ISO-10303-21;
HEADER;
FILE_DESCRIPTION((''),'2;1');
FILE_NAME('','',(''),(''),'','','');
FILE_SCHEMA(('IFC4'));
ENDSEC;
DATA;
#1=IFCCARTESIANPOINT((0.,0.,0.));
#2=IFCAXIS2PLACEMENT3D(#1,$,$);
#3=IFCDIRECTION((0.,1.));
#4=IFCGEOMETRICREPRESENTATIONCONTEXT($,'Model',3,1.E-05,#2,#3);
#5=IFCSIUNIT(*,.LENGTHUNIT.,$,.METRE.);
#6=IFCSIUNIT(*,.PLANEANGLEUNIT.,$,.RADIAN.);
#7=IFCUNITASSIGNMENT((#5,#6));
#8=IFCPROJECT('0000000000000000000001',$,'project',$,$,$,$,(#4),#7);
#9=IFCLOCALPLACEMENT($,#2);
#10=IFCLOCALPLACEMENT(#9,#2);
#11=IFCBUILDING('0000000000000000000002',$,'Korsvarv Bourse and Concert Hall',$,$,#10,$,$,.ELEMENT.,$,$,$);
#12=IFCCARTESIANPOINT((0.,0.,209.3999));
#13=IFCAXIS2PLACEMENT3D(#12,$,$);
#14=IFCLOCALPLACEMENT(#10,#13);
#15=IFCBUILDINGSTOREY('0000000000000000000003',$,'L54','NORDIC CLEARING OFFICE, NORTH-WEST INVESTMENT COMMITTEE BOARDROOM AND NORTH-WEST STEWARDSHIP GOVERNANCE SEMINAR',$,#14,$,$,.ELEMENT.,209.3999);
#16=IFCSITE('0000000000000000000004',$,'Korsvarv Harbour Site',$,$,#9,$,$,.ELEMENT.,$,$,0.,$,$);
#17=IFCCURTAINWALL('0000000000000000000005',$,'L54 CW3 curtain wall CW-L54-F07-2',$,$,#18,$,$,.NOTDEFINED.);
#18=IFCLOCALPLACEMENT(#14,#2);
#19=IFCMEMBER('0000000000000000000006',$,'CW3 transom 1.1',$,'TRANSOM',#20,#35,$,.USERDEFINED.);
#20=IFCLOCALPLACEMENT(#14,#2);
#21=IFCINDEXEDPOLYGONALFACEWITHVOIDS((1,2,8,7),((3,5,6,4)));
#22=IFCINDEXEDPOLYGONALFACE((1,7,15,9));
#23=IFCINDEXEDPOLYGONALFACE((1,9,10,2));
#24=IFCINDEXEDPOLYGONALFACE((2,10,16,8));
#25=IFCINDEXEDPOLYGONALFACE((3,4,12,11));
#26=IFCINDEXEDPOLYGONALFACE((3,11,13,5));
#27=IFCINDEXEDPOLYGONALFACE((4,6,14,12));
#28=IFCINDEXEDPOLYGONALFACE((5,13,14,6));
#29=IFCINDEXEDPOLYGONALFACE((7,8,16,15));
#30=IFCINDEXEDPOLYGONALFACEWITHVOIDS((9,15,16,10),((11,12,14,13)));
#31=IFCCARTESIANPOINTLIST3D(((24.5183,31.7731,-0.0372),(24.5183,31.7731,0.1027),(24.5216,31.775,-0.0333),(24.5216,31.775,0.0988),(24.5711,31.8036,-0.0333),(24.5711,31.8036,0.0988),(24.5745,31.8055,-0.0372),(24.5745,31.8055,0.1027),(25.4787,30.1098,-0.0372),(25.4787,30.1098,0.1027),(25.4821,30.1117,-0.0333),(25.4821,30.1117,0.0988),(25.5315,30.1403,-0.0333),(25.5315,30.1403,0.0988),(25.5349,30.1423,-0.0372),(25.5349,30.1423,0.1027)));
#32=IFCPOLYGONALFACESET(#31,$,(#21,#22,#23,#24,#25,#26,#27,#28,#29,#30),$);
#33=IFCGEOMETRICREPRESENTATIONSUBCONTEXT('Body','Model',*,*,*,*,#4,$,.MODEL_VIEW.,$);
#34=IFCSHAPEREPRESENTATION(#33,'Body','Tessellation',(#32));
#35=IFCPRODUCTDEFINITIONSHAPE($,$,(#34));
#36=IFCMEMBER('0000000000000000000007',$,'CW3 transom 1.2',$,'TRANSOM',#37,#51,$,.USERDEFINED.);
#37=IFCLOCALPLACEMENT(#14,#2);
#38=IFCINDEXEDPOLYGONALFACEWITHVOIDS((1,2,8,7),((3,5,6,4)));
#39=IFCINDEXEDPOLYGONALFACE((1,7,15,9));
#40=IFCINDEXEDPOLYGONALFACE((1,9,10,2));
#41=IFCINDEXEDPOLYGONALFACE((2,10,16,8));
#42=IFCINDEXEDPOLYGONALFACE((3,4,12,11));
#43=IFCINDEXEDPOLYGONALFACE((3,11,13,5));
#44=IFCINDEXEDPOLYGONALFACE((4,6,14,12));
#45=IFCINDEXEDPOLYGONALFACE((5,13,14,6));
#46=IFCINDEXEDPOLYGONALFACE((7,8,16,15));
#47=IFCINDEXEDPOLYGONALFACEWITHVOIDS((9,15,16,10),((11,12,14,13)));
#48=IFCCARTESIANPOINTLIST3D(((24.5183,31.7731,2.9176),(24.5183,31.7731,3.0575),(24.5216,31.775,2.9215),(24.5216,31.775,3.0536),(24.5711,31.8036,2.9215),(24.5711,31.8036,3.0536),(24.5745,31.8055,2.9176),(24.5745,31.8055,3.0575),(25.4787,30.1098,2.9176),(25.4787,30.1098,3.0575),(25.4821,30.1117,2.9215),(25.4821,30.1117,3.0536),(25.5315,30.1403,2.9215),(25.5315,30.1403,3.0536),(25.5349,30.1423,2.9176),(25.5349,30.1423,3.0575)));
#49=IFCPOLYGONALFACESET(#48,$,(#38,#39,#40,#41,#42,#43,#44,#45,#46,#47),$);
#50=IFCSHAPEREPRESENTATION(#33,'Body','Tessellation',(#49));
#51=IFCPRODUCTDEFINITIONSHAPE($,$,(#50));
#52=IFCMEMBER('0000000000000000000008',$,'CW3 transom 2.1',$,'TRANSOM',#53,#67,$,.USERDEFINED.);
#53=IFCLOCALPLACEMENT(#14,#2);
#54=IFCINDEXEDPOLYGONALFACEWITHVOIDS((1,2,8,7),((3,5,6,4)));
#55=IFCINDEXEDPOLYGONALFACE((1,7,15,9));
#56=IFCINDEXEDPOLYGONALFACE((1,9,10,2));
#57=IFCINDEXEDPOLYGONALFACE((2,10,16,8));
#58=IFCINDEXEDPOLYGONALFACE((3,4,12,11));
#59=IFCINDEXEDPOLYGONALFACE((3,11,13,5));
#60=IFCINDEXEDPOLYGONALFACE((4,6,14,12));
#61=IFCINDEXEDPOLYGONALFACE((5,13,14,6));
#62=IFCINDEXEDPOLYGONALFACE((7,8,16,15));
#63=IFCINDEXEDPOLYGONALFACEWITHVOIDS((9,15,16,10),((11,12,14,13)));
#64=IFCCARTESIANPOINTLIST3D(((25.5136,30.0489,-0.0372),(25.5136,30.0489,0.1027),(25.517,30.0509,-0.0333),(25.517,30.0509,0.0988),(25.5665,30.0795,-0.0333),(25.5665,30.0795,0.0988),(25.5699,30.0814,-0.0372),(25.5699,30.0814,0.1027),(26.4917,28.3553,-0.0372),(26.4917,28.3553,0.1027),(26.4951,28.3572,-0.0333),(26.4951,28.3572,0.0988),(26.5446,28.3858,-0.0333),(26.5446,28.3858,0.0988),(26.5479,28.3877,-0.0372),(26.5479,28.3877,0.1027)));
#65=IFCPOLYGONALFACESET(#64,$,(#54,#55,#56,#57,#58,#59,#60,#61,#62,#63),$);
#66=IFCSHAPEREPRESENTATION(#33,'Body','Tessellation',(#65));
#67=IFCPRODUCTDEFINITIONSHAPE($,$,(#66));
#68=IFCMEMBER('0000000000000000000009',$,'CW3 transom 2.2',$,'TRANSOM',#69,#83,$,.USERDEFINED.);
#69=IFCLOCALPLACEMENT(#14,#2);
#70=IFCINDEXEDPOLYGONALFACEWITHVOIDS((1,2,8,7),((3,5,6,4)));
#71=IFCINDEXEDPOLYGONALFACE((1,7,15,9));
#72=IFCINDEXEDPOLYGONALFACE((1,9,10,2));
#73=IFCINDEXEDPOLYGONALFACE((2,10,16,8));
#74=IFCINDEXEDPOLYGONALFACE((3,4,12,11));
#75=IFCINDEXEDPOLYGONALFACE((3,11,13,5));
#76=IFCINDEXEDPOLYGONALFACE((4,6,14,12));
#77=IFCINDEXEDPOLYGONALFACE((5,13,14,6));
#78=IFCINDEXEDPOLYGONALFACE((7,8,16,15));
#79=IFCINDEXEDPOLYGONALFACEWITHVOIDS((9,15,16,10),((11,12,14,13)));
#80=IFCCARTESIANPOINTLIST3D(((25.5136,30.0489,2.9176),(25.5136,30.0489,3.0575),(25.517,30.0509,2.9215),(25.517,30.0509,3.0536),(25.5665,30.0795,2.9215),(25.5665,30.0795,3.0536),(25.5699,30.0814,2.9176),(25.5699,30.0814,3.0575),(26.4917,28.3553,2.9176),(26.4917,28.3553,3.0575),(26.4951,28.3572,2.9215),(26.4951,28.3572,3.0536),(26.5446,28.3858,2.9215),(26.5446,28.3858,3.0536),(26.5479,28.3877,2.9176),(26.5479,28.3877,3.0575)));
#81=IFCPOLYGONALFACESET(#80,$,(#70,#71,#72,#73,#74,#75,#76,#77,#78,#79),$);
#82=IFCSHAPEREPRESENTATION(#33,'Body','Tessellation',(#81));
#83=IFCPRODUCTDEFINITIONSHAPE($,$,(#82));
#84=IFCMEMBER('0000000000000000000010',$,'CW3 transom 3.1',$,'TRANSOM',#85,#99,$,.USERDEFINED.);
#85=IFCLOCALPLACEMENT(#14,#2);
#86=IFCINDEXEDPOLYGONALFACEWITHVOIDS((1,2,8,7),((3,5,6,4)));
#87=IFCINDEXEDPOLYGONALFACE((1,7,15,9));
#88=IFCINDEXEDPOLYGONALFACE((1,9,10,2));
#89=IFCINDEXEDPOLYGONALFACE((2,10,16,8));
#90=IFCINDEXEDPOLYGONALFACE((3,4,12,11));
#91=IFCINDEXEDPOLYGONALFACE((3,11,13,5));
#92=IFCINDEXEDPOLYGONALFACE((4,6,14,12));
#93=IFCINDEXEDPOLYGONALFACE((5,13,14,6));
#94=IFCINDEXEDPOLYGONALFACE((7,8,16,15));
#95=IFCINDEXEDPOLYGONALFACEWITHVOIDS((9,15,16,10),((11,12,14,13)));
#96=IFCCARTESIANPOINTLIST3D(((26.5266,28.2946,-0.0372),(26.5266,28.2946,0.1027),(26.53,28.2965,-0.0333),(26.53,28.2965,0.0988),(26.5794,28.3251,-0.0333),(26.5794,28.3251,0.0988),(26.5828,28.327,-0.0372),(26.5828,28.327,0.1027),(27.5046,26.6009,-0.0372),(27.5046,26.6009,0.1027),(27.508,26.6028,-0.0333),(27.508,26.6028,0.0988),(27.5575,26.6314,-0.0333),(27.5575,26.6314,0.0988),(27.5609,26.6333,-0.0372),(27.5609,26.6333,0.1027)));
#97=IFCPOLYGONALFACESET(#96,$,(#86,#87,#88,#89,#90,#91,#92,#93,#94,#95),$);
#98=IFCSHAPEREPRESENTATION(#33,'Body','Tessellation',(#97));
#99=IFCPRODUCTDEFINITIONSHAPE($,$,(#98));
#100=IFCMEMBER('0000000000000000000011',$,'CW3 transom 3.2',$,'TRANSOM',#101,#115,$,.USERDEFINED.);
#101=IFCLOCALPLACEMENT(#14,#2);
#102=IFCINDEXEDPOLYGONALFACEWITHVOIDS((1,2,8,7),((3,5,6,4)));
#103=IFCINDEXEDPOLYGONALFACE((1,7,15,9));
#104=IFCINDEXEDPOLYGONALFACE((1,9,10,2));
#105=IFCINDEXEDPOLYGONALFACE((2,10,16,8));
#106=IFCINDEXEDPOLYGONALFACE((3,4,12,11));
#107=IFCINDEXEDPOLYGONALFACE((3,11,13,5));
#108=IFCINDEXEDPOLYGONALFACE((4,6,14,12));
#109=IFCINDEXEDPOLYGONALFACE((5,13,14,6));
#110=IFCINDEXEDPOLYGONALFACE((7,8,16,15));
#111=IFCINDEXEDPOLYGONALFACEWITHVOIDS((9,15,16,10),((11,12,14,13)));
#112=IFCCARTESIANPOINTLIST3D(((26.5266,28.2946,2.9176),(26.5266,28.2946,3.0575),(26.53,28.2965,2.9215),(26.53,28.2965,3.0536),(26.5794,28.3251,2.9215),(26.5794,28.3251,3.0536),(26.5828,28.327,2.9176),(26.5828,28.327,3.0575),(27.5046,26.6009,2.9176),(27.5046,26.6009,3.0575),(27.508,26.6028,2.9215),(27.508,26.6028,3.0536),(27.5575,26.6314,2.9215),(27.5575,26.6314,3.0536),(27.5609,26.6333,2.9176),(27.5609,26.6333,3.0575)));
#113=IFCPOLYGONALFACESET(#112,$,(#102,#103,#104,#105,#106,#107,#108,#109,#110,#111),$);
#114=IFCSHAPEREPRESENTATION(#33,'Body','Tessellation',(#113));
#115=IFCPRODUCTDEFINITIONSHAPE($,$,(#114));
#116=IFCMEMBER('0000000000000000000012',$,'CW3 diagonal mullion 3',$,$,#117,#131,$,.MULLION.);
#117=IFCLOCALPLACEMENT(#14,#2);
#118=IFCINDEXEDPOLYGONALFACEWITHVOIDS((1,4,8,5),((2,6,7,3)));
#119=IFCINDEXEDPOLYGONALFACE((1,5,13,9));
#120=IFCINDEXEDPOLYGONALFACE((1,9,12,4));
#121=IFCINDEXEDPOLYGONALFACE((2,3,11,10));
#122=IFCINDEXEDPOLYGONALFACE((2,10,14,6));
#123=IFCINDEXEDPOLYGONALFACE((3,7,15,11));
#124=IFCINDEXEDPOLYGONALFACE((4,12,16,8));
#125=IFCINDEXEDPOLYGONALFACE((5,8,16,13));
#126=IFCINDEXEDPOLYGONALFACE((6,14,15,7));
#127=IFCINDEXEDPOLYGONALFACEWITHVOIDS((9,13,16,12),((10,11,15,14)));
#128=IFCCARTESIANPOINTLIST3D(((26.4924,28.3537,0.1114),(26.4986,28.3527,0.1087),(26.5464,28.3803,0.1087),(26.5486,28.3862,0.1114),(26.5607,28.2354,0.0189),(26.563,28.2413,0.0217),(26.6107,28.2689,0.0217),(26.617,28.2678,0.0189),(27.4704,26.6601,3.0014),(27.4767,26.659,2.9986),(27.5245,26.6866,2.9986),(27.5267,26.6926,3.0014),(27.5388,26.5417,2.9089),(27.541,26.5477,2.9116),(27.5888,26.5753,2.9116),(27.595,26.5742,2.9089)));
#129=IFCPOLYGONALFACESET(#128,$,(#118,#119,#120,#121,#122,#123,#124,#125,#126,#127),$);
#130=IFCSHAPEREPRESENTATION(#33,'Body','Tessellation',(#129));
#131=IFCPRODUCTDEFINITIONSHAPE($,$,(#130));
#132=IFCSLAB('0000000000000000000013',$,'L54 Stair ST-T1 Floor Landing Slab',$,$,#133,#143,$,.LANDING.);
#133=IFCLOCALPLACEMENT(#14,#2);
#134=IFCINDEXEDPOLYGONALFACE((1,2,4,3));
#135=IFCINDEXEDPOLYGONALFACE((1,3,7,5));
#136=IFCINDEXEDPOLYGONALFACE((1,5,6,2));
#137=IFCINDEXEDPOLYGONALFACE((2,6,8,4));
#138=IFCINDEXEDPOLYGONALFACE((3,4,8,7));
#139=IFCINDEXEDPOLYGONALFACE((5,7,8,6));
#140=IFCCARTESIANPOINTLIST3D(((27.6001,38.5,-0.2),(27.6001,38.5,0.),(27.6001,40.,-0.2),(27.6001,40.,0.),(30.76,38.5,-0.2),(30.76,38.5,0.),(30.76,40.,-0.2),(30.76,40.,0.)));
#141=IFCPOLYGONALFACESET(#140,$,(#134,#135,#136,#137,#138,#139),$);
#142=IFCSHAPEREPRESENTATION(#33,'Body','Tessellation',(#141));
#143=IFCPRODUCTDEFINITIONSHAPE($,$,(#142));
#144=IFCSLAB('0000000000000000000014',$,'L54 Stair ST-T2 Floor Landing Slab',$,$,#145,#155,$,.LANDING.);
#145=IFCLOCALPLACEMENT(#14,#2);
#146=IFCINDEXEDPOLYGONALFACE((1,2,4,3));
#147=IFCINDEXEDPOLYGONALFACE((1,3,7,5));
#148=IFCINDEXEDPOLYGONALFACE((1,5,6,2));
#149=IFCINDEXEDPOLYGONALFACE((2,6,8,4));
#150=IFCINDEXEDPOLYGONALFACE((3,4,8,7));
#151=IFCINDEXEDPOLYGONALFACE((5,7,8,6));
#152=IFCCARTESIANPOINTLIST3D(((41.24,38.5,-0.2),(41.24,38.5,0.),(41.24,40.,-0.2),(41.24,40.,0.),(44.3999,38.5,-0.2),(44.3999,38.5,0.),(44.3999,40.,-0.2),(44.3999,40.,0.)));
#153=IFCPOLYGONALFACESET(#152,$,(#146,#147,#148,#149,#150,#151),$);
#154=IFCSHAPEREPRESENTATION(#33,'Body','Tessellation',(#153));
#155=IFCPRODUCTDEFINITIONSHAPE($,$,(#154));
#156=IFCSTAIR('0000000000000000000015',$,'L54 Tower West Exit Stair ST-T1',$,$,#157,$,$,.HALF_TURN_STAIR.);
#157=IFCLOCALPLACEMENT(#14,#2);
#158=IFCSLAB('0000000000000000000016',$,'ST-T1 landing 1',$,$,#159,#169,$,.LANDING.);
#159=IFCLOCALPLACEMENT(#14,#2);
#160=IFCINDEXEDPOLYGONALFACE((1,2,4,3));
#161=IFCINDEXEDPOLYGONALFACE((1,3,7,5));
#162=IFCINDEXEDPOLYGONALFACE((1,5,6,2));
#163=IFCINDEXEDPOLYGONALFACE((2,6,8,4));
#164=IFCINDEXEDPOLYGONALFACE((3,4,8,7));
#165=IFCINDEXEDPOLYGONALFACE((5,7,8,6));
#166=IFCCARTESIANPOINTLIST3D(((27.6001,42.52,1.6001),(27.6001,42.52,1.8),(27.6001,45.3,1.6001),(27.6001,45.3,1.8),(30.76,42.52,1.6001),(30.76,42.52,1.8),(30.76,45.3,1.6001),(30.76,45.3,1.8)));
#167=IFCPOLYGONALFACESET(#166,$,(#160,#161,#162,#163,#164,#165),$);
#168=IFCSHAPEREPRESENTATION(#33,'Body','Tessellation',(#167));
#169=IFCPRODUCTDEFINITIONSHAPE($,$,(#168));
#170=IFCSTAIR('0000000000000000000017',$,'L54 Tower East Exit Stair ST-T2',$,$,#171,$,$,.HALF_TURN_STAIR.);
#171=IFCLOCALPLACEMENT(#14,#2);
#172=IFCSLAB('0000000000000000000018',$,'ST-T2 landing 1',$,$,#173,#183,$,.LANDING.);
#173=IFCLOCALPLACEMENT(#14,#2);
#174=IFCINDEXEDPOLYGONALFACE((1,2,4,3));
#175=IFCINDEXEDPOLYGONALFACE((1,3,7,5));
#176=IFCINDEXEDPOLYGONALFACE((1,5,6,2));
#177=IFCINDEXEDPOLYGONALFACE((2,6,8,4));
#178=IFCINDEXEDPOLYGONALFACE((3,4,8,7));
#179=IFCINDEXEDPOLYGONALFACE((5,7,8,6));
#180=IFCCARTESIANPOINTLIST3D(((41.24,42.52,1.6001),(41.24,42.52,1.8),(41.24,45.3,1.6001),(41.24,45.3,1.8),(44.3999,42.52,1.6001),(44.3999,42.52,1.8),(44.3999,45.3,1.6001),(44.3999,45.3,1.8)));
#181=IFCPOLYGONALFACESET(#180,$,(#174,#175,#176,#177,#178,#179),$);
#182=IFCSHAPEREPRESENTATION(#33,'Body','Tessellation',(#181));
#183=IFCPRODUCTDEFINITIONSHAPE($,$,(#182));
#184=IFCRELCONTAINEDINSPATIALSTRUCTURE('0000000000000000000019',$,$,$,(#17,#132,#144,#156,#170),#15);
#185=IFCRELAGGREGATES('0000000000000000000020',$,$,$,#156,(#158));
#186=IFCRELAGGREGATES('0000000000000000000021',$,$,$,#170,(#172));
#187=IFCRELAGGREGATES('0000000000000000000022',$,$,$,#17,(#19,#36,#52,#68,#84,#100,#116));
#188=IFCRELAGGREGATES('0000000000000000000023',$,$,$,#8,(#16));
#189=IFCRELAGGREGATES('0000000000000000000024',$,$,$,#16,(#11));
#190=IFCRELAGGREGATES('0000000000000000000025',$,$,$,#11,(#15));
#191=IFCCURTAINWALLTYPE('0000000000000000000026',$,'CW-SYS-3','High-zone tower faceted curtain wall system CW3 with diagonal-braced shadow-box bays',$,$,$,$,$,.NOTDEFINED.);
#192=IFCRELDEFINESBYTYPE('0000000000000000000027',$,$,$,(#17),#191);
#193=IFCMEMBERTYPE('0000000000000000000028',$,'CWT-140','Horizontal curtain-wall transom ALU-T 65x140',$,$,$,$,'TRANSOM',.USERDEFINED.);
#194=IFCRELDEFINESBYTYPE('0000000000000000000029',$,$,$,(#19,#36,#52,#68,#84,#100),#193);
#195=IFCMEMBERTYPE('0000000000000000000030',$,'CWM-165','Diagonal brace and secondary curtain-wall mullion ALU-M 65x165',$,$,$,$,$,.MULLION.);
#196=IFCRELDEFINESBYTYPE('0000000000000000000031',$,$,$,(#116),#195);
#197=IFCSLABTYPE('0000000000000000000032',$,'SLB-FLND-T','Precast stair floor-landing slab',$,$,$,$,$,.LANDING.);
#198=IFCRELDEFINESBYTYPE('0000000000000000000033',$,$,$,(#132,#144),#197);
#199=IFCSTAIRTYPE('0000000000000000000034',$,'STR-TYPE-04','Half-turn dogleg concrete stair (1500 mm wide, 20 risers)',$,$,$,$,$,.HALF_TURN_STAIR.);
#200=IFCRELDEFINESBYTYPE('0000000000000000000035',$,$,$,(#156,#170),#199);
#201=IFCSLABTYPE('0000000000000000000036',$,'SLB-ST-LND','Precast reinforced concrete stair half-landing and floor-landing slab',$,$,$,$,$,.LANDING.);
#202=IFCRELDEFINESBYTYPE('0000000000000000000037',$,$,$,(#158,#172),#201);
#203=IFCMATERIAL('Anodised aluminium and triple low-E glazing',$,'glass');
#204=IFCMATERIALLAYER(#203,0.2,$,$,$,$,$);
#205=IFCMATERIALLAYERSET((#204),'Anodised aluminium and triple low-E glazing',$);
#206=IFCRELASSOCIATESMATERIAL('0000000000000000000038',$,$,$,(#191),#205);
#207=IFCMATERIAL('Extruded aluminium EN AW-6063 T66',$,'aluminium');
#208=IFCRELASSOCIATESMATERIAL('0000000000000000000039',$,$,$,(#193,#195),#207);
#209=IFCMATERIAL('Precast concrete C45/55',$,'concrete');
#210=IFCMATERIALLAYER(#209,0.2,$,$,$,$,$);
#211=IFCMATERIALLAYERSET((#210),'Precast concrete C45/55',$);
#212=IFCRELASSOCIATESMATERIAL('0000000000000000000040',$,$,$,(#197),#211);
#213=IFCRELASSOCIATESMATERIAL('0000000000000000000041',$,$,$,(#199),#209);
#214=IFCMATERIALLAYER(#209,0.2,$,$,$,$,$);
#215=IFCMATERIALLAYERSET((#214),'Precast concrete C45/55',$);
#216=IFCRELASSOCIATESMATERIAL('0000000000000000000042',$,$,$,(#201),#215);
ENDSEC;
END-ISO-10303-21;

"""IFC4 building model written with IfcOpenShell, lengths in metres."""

from ifc_helpers import new_model, si_unit, direction, frame, origin, origin_2d, place, context, subcontext, project, spatial, polyline, hollow_rectangle, outline, extrude, source, transform, mapped, material, layer, layer_set, material_profile, profile_set, type_object, element, aggregate, save


model = new_model("IFC4")

# Units and contexts
model_context = context("Model", 3, precision=1e-05, world=origin(), true_north=direction((0.0, 1.0)))
body_context = subcontext(model_context, "Body", "Model", "MODEL_VIEW")
ifc_project = project(units=[si_unit("LENGTHUNIT", "METRE"), si_unit("PLANEANGLEUNIT", "RADIAN")], contexts=[model_context])

# Site, building, storey
site_placement = place(None, origin())
site = spatial("IfcSite", under=ifc_project, at=site_placement, Name="Korsvarv Harbour Site", CompositionType="ELEMENT", RefElevation=0.0)
building_placement = place(site_placement, origin())
building = spatial("IfcBuilding", under=site, at=building_placement, Name="Korsvarv Bourse and Concert Hall", CompositionType="ELEMENT")
storey_placement = place(building_placement, frame((0.0, 0.0, 209.3999)))
storey = spatial("IfcBuildingStorey", under=building, at=storey_placement, Name="L54", Description="NORDIC CLEARING OFFICE, NORTH-WEST INVESTMENT COMMITTEE BOARDROOM AND NORTH-WEST STEWARDSHIP GOVERNANCE SEMINAR", CompositionType="ELEMENT", Elevation=209.3999)

# Curtain wall, members
ifc_material_1 = material(Name="Anodised aluminium and triple low-E glazing", Category="glass")
ifc_layer_1 = layer(ifc_material_1, 0.2)
ifc_layer_set_1 = layer_set([ifc_layer_1], Name="Anodised aluminium and triple low-E glazing")
curtain_wall_type = type_object("IfcCurtainWallType", Name="CW-SYS-3", Description="High-zone tower faceted curtain wall system CW3 with diagonal-braced shadow-box bays", PredefinedType="NOTDEFINED", material=ifc_layer_set_1)
curtain_wall_placement = place(storey_placement, origin())
curtain_wall = element("IfcCurtainWall", 1, at=curtain_wall_placement, inside=storey, type_object=curtain_wall_type, Name="L54 CW3 curtain wall CW-L54-F07-2", PredefinedType="NOTDEFINED")
ifc_material_2 = material(Name="Extruded aluminium EN AW-6063 T66", Category="aluminium")
ifc_material_profile_1 = material_profile(ifc_material_2, hollow_rectangle(XDim=0.0649, YDim=0.1399, WallThickness=0.0039, at=origin_2d()), Name="ALU-T 65x140")
ifc_profile_set_1 = profile_set([ifc_material_profile_1], Name="Extruded aluminium EN AW-6063 T66")
member_type_1 = type_object("IfcMemberType", Name="CWT-140", Description="Horizontal curtain-wall transom ALU-T 65x140", ElementType="TRANSOM", PredefinedType="USERDEFINED", material=ifc_profile_set_1)
shared_shape_1 = source(origin(), body_context, "Body", "SweptSolid", [
    extrude(hollow_rectangle(XDim=0.0649, YDim=0.1399, WallThickness=0.0039, at=origin_2d()), origin(), (0.0, 0.0, 1.0), 1.9207),
])
member_1_placement = place(storey_placement, frame((24.5464, 31.7893, 0.0327), z_axis=(0.500049, -0.865997, 0.0), x_axis=(0.865997, 0.500049, 0.0)))
member_1 = element("IfcMember", 2, at=member_1_placement, type_object=member_type_1, Name="CW3 transom 1.1", ObjectType="TRANSOM", PredefinedType="USERDEFINED", context=body_context, shape_type="MappedRepresentation", body=[
    mapped(shared_shape_1, transform((0.0, 0.0, 0.0), scale=1.0)),
])
member_2_placement = place(storey_placement, frame((24.5464, 31.7893, 2.9875), z_axis=(0.500049, -0.865997, 0.0), x_axis=(0.865997, 0.500049, 0.0)))
member_2 = element("IfcMember", 3, at=member_2_placement, type_object=member_type_1, Name="CW3 transom 1.2", ObjectType="TRANSOM", PredefinedType="USERDEFINED", context=body_context, shape_type="MappedRepresentation", body=[
    mapped(shared_shape_1, transform((0.0, 0.0, 0.0), scale=1.0)),
])
shared_shape_2 = source(origin(), body_context, "Body", "SweptSolid", [
    extrude(hollow_rectangle(XDim=0.0649, YDim=0.1399, WallThickness=0.0039, at=origin_2d()), origin(), (0.0, 0.0, 1.0), 1.9558),
])
member_3_placement = place(storey_placement, frame((25.5417, 30.0652, 0.0327), z_axis=(0.500086, -0.865976, 0.0), x_axis=(0.865976, 0.500086, 0.0)))
member_3 = element("IfcMember", 4, at=member_3_placement, type_object=member_type_1, Name="CW3 transom 2.1", ObjectType="TRANSOM", PredefinedType="USERDEFINED", context=body_context, shape_type="MappedRepresentation", body=[
    mapped(shared_shape_2, transform((0.0, 0.0, 0.0), scale=1.0)),
])
member_4_placement = place(storey_placement, frame((25.5417, 30.0652, 2.9875), z_axis=(0.500086, -0.865976, 0.0), x_axis=(0.865976, 0.500086, 0.0)))
member_4 = element("IfcMember", 5, at=member_4_placement, type_object=member_type_1, Name="CW3 transom 2.2", ObjectType="TRANSOM", PredefinedType="USERDEFINED", context=body_context, shape_type="MappedRepresentation", body=[
    mapped(shared_shape_2, transform((0.0, 0.0, 0.0), scale=1.0)),
])
member_5_placement = place(storey_placement, frame((26.5547, 28.3108, 0.0327), z_axis=(0.500086, -0.865976, 0.0), x_axis=(0.865976, 0.500086, 0.0)))
member_5 = element("IfcMember", 6, at=member_5_placement, type_object=member_type_1, Name="CW3 transom 3.1", ObjectType="TRANSOM", PredefinedType="USERDEFINED", context=body_context, shape_type="MappedRepresentation", body=[
    mapped(shared_shape_2, transform((0.0, 0.0, 0.0), scale=1.0)),
])
member_6_placement = place(storey_placement, frame((26.5547, 28.3108, 2.9875), z_axis=(0.500086, -0.865976, 0.0), x_axis=(0.865976, 0.500086, 0.0)))
member_6 = element("IfcMember", 7, at=member_6_placement, type_object=member_type_1, Name="CW3 transom 3.2", ObjectType="TRANSOM", PredefinedType="USERDEFINED", context=body_context, shape_type="MappedRepresentation", body=[
    mapped(shared_shape_2, transform((0.0, 0.0, 0.0), scale=1.0)),
])
ifc_material_profile_2 = material_profile(ifc_material_2, hollow_rectangle(XDim=0.0649, YDim=0.165, WallThickness=0.0049, at=origin_2d()), Name="ALU-M 65x165")
ifc_profile_set_2 = profile_set([ifc_material_profile_2], Name="Extruded aluminium EN AW-6063 T66")
member_type_2 = type_object("IfcMemberType", Name="CWM-165", Description="Diagonal brace and secondary curtain-wall mullion ALU-M 65x165", PredefinedType="MULLION", material=ifc_profile_set_2)
shared_shape_3 = source(origin(), body_context, "Body", "SweptSolid", [
    extrude(hollow_rectangle(XDim=0.0649, YDim=0.165, WallThickness=0.0049, at=origin_2d()), origin(), (0.0, 0.0, 1.0), 3.4895),
])
member_7_placement = place(storey_placement, frame((26.5547, 28.3108, 0.0652), z_axis=(0.280281, -0.485349, 0.828178), x_axis=(0.865976, 0.500086, 0.0)))
member_7 = element("IfcMember", 8, at=member_7_placement, type_object=member_type_2, Name="CW3 diagonal mullion 3", PredefinedType="MULLION", context=body_context, shape_type="MappedRepresentation", body=[
    mapped(shared_shape_3, transform((0.0, 0.0, 0.0), scale=1.0)),
])

# Slabs
ifc_material_3 = material(Name="Precast concrete C45/55", Category="concrete")
ifc_layer_2 = layer(ifc_material_3, 0.2)
ifc_layer_set_2 = layer_set([ifc_layer_2], Name="Precast concrete C45/55")
slab_type_1 = type_object("IfcSlabType", Name="SLB-FLND-T", Description="Precast stair floor-landing slab", PredefinedType="LANDING", material=ifc_layer_set_2)
slab_1_placement = place(storey_placement, frame((0.0, 0.0, -0.2)))
element("IfcSlab", 9, at=slab_1_placement, inside=storey, type_object=slab_type_1, Name="L54 Stair ST-T1 Floor Landing Slab", PredefinedType="LANDING", context=body_context, shape_type="SweptSolid", body=[
    extrude(outline(polyline([(30.76, 38.5), (30.76, 40.0), (27.6001, 40.0), (27.6001, 38.5), (30.76, 38.5)])), origin(), (0.0, 0.0, 1.0), 0.2),
])
slab_2_placement = place(storey_placement, frame((0.0, 0.0, -0.2)))
element("IfcSlab", 10, at=slab_2_placement, inside=storey, type_object=slab_type_1, Name="L54 Stair ST-T2 Floor Landing Slab", PredefinedType="LANDING", context=body_context, shape_type="SweptSolid", body=[
    extrude(outline(polyline([(44.3999, 38.5), (44.3999, 40.0), (41.24, 40.0), (41.24, 38.5), (44.3999, 38.5)])), origin(), (0.0, 0.0, 1.0), 0.2),
])

# Stairs, slabs
stair_type = type_object("IfcStairType", Name="STR-TYPE-04", Description="Half-turn dogleg concrete stair (1500 mm wide, 20 risers)", PredefinedType="HALF_TURN_STAIR", material=ifc_material_3)
stair_1_placement = place(storey_placement, origin())
stair_1 = element("IfcStair", 11, at=stair_1_placement, inside=storey, type_object=stair_type, Name="L54 Tower West Exit Stair ST-T1", PredefinedType="HALF_TURN_STAIR")
ifc_layer_3 = layer(ifc_material_3, 0.2)
ifc_layer_set_3 = layer_set([ifc_layer_3], Name="Precast concrete C45/55")
slab_type_2 = type_object("IfcSlabType", Name="SLB-ST-LND", Description="Precast reinforced concrete stair half-landing and floor-landing slab", PredefinedType="LANDING", material=ifc_layer_set_3)
slab_3_placement = place(storey_placement, frame((0.0, 0.0, 1.6001)))
slab_3 = element("IfcSlab", 12, at=slab_3_placement, type_object=slab_type_2, Name="ST-T1 landing 1", PredefinedType="LANDING", context=body_context, shape_type="SweptSolid", body=[
    extrude(outline(polyline([(30.76, 42.52), (30.76, 45.3), (27.6001, 45.3), (27.6001, 42.52), (30.76, 42.52)])), origin(), (0.0, 0.0, 1.0), 0.2),
])
aggregate(stair_1, [slab_3])
stair_2_placement = place(storey_placement, origin())
stair_2 = element("IfcStair", 13, at=stair_2_placement, inside=storey, type_object=stair_type, Name="L54 Tower East Exit Stair ST-T2", PredefinedType="HALF_TURN_STAIR")
slab_4_placement = place(storey_placement, frame((0.0, 0.0, 1.6001)))
slab_4 = element("IfcSlab", 14, at=slab_4_placement, type_object=slab_type_2, Name="ST-T2 landing 1", PredefinedType="LANDING", context=body_context, shape_type="SweptSolid", body=[
    extrude(outline(polyline([(44.3999, 42.52), (44.3999, 45.3), (41.24, 45.3), (41.24, 42.52), (44.3999, 42.52)])), origin(), (0.0, 0.0, 1.0), 0.2),
])
aggregate(stair_2, [slab_4])

aggregate(curtain_wall, [member_1, member_2, member_3, member_4, member_5, member_6, member_7])

save(model, "model.ifc")
